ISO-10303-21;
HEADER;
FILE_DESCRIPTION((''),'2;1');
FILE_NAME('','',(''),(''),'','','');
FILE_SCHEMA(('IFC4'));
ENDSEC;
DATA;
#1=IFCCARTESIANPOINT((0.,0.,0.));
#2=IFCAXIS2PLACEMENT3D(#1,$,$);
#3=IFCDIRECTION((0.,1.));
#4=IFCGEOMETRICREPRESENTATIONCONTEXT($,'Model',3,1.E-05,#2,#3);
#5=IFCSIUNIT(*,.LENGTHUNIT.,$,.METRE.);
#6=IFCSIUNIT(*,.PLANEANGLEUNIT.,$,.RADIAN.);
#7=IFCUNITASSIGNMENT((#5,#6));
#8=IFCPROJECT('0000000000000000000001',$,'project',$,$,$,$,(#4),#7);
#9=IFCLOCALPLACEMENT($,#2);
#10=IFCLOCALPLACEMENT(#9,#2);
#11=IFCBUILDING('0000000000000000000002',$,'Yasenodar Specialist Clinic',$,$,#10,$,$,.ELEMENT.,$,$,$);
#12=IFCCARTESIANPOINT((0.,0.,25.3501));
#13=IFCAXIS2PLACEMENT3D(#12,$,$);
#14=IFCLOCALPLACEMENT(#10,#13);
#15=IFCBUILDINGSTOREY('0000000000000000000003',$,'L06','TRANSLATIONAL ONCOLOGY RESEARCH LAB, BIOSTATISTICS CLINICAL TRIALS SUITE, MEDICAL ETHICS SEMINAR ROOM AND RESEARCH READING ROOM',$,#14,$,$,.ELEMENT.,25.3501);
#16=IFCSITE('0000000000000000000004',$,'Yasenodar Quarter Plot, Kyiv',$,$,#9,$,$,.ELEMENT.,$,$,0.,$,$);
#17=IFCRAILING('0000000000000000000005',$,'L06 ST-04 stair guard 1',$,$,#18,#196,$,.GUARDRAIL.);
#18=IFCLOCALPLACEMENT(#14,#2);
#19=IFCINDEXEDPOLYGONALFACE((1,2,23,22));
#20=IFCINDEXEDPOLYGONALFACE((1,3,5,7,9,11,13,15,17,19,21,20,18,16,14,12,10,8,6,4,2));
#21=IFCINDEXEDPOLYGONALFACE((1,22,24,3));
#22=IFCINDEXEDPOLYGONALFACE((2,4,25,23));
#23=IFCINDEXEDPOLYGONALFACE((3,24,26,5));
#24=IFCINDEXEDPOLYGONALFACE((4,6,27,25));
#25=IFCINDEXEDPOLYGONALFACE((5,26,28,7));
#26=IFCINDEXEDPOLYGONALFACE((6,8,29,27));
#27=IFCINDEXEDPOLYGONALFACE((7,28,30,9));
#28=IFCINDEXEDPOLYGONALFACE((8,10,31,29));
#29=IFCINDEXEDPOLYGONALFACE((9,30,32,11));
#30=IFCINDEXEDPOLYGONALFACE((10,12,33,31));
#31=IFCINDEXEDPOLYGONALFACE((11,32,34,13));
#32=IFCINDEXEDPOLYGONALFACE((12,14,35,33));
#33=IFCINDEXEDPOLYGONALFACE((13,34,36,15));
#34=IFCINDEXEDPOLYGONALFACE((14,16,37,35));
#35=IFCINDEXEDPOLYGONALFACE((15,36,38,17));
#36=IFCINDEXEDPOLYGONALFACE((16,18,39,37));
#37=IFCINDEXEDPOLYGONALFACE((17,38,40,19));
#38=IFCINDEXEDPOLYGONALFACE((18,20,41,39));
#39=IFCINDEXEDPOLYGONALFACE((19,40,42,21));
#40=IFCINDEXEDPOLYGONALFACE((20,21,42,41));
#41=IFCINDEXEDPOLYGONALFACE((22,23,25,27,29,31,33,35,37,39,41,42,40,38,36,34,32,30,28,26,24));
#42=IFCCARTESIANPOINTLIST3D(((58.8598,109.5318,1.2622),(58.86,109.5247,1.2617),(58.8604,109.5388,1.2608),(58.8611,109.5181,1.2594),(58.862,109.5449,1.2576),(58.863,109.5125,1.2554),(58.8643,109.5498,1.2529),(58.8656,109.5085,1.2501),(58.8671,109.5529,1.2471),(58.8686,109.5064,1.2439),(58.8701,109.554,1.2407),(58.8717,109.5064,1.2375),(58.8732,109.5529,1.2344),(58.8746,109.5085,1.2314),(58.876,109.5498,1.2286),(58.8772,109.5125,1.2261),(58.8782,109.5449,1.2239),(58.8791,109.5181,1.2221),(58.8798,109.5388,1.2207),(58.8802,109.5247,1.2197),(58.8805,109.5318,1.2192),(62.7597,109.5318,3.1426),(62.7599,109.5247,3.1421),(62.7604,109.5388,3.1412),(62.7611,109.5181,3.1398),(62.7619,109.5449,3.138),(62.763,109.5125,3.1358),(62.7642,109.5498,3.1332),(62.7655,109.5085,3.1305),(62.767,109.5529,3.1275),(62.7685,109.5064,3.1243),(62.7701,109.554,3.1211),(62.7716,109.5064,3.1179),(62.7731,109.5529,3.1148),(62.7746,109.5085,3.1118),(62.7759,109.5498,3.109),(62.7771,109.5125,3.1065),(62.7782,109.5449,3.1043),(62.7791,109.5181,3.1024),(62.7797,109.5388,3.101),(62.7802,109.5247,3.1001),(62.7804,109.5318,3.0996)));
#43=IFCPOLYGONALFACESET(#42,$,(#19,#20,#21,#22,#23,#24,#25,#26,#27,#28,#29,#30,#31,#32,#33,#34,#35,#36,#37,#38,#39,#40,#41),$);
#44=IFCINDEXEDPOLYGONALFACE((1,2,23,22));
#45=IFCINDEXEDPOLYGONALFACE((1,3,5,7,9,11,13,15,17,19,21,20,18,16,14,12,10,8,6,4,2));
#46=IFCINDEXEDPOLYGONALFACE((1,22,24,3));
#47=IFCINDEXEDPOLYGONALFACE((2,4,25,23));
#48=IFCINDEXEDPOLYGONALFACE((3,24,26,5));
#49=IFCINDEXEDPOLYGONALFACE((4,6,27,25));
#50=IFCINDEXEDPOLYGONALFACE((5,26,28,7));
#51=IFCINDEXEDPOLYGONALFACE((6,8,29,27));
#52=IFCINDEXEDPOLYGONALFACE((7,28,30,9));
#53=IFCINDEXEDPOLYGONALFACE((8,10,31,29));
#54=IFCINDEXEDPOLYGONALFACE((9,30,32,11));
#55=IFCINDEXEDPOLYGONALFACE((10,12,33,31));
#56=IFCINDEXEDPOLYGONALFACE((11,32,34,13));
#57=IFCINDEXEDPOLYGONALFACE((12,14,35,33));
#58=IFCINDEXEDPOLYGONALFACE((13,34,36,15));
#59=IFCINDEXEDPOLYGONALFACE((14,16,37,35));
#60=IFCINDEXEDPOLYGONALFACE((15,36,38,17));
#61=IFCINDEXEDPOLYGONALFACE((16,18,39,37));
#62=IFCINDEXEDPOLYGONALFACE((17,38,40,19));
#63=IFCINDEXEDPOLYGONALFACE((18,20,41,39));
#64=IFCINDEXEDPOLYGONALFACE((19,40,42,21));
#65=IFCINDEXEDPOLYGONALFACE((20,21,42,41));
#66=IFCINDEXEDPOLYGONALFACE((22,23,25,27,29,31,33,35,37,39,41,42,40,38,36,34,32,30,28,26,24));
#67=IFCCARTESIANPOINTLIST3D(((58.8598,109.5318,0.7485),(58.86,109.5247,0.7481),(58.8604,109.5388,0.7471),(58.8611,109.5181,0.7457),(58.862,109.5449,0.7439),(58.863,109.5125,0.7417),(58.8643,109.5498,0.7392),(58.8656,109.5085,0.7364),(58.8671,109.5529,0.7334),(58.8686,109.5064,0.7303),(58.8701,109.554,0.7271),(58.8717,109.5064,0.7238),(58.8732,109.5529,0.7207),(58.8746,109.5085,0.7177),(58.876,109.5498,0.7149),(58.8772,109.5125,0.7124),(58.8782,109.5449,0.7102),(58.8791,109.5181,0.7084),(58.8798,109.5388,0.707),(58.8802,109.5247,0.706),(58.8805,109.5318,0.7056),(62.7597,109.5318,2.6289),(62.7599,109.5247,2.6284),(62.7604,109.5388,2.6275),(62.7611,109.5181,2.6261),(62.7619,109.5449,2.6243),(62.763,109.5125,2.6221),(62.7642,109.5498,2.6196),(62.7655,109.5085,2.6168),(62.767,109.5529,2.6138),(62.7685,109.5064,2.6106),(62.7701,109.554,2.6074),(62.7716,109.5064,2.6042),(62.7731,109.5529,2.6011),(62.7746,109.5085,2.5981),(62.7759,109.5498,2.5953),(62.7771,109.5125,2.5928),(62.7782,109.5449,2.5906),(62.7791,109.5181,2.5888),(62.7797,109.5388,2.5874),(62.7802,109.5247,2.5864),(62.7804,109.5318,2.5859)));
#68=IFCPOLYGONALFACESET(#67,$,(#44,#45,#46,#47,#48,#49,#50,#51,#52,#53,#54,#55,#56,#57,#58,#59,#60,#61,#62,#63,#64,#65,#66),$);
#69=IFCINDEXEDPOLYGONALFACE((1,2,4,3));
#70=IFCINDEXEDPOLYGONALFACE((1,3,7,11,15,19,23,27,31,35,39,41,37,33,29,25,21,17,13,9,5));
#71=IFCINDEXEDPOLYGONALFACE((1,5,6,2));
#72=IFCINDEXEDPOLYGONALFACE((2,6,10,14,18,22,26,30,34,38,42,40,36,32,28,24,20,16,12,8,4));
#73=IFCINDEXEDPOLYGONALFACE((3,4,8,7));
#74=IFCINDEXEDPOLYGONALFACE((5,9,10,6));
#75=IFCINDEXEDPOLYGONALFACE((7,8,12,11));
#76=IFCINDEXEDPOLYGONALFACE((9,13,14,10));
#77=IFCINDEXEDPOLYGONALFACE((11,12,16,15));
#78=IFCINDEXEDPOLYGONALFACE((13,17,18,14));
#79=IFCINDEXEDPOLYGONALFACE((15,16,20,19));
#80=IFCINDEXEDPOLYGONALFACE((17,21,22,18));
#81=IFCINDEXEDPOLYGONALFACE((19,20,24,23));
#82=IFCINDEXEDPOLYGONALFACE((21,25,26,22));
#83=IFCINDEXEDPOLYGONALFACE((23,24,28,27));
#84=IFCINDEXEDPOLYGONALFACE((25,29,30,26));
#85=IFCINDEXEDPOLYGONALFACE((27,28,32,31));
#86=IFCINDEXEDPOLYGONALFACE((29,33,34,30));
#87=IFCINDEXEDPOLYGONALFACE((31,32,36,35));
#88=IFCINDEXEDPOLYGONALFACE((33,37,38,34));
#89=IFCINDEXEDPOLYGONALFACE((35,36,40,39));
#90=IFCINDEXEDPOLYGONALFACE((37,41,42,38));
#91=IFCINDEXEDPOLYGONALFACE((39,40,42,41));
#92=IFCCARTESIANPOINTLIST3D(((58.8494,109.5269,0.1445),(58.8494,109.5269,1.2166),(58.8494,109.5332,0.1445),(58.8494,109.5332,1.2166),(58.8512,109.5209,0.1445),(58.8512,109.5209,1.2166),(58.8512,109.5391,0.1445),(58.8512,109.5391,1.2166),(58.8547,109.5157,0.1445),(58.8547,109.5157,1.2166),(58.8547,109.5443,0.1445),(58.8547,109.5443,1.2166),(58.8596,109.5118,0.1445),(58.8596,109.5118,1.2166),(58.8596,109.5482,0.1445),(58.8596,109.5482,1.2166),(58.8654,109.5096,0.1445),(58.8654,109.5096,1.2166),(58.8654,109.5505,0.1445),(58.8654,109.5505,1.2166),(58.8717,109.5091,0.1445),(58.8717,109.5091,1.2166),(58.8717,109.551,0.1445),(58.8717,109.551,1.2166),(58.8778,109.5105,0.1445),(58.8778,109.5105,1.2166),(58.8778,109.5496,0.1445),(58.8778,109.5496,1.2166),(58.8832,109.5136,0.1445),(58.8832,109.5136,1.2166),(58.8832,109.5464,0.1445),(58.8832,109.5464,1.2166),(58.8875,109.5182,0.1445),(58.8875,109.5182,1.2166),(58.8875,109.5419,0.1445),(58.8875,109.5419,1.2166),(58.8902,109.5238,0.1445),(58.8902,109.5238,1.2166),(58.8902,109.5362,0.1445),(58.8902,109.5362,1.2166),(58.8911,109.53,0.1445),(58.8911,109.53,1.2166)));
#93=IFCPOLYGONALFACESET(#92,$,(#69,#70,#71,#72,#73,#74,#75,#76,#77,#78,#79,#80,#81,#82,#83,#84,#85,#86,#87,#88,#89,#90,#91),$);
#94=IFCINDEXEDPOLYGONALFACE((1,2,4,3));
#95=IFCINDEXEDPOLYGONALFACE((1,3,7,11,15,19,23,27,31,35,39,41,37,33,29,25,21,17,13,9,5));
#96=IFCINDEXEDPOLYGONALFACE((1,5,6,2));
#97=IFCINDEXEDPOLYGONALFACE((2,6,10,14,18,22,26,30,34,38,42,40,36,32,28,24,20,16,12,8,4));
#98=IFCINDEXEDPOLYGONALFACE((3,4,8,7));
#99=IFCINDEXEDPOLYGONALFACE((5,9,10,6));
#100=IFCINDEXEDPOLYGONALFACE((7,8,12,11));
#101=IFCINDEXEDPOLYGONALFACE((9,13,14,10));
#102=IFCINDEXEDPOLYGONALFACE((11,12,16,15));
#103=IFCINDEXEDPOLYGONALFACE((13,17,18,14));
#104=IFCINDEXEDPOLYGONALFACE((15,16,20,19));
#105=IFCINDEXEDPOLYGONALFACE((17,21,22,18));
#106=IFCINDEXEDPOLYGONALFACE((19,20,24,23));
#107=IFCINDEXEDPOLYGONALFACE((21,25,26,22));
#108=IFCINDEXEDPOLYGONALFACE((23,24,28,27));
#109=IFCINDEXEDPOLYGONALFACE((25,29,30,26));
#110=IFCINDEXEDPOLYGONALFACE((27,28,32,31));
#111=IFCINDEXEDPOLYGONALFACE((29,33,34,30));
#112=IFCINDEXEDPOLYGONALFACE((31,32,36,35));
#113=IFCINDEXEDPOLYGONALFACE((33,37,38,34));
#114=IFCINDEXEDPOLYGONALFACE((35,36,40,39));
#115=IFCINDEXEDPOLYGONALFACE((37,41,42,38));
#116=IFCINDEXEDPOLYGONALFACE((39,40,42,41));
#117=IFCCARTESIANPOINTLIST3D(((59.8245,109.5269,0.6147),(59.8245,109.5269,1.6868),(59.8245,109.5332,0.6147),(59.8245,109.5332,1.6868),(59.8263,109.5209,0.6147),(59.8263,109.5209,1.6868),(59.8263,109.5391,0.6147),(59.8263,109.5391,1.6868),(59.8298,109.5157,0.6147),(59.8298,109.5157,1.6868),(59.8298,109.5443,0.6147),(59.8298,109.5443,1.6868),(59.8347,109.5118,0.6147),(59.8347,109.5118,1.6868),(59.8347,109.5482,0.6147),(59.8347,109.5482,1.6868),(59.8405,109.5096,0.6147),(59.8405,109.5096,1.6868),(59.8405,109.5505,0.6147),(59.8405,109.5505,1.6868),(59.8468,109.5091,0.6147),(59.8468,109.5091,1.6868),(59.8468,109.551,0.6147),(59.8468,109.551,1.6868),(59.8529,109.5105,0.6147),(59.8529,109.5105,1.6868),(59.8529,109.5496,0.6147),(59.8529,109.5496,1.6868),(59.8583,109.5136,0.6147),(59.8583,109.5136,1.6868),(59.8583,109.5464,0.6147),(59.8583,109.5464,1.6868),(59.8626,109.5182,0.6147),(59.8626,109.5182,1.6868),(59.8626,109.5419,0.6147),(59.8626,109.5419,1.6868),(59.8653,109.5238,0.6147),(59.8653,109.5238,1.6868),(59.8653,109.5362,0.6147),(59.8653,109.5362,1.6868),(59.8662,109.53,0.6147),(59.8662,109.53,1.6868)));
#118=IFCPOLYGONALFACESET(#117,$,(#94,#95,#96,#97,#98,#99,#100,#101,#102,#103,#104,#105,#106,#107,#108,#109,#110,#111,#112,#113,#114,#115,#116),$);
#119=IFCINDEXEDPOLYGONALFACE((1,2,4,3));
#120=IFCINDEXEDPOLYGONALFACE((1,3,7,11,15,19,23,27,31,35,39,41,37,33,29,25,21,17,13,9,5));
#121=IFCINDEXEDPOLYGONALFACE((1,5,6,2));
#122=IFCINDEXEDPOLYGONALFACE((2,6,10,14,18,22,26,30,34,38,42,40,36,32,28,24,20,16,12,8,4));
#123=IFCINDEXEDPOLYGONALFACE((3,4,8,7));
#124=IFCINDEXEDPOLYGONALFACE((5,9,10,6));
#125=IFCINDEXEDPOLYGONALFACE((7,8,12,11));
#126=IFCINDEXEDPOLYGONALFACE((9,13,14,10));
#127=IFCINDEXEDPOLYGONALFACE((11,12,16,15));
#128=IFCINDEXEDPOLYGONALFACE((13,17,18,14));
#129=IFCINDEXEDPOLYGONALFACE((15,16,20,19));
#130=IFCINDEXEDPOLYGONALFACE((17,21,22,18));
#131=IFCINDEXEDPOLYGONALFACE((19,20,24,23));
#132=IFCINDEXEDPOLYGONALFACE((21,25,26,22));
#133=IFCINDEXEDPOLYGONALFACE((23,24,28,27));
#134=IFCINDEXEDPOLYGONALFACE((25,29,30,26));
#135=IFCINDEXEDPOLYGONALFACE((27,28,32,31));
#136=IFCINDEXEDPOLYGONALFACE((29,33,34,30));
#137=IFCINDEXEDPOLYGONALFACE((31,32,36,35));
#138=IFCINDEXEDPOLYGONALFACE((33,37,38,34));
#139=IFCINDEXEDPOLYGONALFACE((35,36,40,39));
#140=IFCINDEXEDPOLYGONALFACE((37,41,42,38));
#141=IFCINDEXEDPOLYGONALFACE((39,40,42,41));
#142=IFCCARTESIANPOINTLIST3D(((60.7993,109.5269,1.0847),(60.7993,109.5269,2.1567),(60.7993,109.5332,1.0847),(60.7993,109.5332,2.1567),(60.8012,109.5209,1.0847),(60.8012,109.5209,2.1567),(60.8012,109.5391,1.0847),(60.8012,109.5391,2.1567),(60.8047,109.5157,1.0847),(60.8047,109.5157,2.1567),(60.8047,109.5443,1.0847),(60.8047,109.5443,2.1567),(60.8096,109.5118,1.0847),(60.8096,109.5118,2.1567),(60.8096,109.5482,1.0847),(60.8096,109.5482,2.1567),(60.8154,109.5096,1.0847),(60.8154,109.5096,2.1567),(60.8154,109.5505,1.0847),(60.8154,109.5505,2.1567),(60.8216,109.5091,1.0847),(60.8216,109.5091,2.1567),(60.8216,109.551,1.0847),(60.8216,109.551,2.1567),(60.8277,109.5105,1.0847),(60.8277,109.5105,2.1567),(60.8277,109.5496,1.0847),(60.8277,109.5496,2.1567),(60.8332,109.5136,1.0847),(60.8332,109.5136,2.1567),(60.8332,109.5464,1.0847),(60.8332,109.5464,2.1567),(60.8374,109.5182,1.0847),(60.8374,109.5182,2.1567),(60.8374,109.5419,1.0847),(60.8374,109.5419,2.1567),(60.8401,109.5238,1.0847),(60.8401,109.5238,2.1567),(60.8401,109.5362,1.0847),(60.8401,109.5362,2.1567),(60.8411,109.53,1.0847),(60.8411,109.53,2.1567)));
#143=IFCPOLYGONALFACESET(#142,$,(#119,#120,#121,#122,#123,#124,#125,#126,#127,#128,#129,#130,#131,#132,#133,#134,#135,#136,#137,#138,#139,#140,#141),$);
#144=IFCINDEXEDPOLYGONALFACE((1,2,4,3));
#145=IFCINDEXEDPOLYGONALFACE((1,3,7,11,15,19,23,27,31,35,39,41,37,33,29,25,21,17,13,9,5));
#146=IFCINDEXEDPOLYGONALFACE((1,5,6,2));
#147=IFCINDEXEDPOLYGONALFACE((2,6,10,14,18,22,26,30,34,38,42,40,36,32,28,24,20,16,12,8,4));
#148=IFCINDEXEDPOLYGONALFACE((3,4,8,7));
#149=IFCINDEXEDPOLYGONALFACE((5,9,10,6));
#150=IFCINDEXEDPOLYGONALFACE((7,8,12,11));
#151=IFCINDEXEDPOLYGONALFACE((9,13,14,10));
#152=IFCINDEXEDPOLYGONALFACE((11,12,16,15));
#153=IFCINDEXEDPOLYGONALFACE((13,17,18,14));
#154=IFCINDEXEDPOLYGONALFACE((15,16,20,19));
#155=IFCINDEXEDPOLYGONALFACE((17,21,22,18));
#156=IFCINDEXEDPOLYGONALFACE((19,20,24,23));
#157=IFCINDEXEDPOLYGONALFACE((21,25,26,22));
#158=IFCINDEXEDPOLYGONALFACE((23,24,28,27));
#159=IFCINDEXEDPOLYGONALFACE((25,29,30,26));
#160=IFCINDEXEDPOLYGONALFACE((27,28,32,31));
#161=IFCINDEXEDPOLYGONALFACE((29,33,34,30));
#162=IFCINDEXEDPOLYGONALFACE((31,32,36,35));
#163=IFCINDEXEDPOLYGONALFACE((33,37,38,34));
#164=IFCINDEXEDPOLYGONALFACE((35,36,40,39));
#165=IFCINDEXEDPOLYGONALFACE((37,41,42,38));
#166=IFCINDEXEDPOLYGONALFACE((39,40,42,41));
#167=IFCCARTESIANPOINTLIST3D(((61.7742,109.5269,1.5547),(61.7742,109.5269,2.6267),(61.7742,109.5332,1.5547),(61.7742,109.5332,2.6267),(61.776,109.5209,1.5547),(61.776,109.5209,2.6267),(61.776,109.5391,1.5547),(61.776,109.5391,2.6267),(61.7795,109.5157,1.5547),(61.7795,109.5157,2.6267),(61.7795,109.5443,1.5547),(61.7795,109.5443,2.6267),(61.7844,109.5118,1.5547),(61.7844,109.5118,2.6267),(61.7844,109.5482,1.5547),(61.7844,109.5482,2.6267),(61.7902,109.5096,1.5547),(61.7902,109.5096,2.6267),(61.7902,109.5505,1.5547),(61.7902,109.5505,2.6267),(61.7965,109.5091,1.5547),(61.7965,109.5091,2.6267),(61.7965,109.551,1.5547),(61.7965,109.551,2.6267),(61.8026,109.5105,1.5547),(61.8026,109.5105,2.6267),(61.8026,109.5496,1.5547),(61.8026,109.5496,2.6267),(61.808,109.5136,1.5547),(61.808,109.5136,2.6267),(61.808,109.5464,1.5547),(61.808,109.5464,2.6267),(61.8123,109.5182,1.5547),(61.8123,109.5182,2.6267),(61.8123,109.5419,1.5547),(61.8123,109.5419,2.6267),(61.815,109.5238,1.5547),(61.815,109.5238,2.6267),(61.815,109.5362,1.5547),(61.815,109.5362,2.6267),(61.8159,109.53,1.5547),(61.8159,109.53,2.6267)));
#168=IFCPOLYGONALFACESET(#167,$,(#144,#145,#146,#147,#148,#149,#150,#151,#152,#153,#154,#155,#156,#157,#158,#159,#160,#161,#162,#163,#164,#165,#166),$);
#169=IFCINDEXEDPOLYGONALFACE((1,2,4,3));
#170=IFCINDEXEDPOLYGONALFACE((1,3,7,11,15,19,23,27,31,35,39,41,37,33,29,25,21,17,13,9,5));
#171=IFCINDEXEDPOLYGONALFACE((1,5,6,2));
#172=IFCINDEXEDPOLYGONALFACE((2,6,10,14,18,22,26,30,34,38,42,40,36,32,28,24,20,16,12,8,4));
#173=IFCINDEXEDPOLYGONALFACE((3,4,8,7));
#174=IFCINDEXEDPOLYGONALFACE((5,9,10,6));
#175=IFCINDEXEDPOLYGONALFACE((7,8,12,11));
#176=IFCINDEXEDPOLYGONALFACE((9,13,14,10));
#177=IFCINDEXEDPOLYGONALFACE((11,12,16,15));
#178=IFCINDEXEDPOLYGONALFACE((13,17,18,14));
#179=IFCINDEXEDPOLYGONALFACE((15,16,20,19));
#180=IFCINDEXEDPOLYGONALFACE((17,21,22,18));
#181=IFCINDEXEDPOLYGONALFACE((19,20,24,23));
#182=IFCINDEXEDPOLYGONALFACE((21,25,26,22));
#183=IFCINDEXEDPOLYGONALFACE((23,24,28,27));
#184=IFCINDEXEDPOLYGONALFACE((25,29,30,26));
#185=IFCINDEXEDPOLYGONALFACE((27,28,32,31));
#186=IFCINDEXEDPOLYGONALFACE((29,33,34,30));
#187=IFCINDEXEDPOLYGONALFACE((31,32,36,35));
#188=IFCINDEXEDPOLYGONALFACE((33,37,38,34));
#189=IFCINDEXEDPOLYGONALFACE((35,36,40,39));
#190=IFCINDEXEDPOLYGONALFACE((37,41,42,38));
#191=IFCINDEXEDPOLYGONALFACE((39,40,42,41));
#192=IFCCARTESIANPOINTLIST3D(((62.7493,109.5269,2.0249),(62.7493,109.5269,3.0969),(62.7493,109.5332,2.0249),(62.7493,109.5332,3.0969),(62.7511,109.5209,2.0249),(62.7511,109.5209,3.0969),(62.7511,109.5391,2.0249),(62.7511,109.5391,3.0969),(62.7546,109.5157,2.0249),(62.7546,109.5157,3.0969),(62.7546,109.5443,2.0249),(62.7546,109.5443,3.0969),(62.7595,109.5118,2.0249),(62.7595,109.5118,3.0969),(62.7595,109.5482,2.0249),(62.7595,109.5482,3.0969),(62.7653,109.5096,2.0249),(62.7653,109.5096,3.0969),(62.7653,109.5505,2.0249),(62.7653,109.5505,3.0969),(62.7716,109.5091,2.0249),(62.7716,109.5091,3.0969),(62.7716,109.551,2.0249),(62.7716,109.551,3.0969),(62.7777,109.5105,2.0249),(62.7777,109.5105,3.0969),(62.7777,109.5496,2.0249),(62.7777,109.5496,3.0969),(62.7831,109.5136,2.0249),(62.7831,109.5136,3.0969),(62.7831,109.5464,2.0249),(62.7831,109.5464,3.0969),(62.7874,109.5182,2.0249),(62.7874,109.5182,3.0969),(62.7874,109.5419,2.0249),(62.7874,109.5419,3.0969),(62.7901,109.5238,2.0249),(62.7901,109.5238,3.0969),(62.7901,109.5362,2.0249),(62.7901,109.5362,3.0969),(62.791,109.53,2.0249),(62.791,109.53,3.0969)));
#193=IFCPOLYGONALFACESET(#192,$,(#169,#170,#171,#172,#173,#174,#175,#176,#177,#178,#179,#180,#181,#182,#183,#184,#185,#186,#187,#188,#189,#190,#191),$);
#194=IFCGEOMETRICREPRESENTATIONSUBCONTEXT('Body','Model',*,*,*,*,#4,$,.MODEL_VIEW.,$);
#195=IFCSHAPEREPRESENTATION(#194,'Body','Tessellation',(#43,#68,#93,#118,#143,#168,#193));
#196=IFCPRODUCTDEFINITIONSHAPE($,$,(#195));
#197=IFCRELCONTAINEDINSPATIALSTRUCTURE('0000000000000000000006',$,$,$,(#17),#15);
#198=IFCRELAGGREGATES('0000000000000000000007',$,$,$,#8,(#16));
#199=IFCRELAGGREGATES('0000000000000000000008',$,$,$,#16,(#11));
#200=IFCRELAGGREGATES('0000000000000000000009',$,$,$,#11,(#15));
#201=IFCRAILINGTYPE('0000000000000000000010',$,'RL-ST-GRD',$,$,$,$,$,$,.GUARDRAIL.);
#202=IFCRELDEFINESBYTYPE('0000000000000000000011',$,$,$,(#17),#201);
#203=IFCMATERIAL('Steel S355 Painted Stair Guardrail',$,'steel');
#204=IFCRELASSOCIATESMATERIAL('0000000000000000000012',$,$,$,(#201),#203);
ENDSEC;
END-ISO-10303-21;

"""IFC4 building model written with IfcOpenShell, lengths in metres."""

from ifc_helpers import new_model, si_unit, direction, frame, origin, origin_2d, place, context, subcontext, project, spatial, circle, extrude, material, type_object, element, save


model = new_model("IFC4")

# Units and contexts
model_context = context("Model", 3, precision=1e-05, world=origin(), true_north=direction((0.0, 1.0)))
body_context = subcontext(model_context, "Body", "Model", "MODEL_VIEW")
ifc_project = project(units=[si_unit("LENGTHUNIT", "METRE"), si_unit("PLANEANGLEUNIT", "RADIAN")], contexts=[model_context])

# Site, building, storey
site_placement = place(None, origin())
site = spatial("IfcSite", under=ifc_project, at=site_placement, Name="Yasenodar Quarter Plot, Kyiv", CompositionType="ELEMENT", RefElevation=0.0)
building_placement = place(site_placement, origin())
building = spatial("IfcBuilding", under=site, at=building_placement, Name="Yasenodar Specialist Clinic", CompositionType="ELEMENT")
storey_placement = place(building_placement, frame((0.0, 0.0, 25.3501)))
storey = spatial("IfcBuildingStorey", under=building, at=storey_placement, Name="L06", Description="TRANSLATIONAL ONCOLOGY RESEARCH LAB, BIOSTATISTICS CLINICAL TRIALS SUITE, MEDICAL ETHICS SEMINAR ROOM AND RESEARCH READING ROOM", CompositionType="ELEMENT", Elevation=25.3501)

# Railing
ifc_material_1 = material(Name="Steel S355 Painted Stair Guardrail", Category="steel")
railing_type_1 = type_object("IfcRailingType", Name="RL-ST-GRD", PredefinedType="GUARDRAIL", material=ifc_material_1)
railing_1_placement = place(storey_placement, frame((58.8701, 109.53, 0.1445)))
element("IfcRailing", 1, at=railing_1_placement, inside=storey, type_object=railing_type_1, Name="L06 ST-04 stair guard 1", PredefinedType="GUARDRAIL", context=body_context, shape_type="SweptSolid", body=[
    extrude(circle(Radius=0.0239, at=origin_2d()), frame((0.0, 0.0, 1.0962), z_axis=(0.900763, 0.0, 0.434311), x_axis=(0.0, 1.0, 0.0)), (0.0, 0.0, 1.0), 4.3296),
    extrude(circle(Radius=0.0239, at=origin_2d()), frame((0.0, 0.0, 0.5825), z_axis=(0.900763, 0.0, 0.434311), x_axis=(0.0, 1.0, 0.0)), (0.0, 0.0, 1.0), 4.3296),
    extrude(circle(Radius=0.021, at=origin_2d()), origin(), (0.0, 0.0, 1.0), 1.072),
    extrude(circle(Radius=0.021, at=origin_2d()), frame((0.9751, 0.0, 0.4702)), (0.0, 0.0, 1.0), 1.072),
    extrude(circle(Radius=0.021, at=origin_2d()), frame((1.95, 0.0, 0.9402)), (0.0, 0.0, 1.0), 1.072),
    extrude(circle(Radius=0.021, at=origin_2d()), frame((2.9248, 0.0, 1.4102)), (0.0, 0.0, 1.0), 1.072),
    extrude(circle(Radius=0.021, at=origin_2d()), frame((3.8999, 0.0, 1.8804)), (0.0, 0.0, 1.0), 1.072),
])

save(model, "model.ifc")
